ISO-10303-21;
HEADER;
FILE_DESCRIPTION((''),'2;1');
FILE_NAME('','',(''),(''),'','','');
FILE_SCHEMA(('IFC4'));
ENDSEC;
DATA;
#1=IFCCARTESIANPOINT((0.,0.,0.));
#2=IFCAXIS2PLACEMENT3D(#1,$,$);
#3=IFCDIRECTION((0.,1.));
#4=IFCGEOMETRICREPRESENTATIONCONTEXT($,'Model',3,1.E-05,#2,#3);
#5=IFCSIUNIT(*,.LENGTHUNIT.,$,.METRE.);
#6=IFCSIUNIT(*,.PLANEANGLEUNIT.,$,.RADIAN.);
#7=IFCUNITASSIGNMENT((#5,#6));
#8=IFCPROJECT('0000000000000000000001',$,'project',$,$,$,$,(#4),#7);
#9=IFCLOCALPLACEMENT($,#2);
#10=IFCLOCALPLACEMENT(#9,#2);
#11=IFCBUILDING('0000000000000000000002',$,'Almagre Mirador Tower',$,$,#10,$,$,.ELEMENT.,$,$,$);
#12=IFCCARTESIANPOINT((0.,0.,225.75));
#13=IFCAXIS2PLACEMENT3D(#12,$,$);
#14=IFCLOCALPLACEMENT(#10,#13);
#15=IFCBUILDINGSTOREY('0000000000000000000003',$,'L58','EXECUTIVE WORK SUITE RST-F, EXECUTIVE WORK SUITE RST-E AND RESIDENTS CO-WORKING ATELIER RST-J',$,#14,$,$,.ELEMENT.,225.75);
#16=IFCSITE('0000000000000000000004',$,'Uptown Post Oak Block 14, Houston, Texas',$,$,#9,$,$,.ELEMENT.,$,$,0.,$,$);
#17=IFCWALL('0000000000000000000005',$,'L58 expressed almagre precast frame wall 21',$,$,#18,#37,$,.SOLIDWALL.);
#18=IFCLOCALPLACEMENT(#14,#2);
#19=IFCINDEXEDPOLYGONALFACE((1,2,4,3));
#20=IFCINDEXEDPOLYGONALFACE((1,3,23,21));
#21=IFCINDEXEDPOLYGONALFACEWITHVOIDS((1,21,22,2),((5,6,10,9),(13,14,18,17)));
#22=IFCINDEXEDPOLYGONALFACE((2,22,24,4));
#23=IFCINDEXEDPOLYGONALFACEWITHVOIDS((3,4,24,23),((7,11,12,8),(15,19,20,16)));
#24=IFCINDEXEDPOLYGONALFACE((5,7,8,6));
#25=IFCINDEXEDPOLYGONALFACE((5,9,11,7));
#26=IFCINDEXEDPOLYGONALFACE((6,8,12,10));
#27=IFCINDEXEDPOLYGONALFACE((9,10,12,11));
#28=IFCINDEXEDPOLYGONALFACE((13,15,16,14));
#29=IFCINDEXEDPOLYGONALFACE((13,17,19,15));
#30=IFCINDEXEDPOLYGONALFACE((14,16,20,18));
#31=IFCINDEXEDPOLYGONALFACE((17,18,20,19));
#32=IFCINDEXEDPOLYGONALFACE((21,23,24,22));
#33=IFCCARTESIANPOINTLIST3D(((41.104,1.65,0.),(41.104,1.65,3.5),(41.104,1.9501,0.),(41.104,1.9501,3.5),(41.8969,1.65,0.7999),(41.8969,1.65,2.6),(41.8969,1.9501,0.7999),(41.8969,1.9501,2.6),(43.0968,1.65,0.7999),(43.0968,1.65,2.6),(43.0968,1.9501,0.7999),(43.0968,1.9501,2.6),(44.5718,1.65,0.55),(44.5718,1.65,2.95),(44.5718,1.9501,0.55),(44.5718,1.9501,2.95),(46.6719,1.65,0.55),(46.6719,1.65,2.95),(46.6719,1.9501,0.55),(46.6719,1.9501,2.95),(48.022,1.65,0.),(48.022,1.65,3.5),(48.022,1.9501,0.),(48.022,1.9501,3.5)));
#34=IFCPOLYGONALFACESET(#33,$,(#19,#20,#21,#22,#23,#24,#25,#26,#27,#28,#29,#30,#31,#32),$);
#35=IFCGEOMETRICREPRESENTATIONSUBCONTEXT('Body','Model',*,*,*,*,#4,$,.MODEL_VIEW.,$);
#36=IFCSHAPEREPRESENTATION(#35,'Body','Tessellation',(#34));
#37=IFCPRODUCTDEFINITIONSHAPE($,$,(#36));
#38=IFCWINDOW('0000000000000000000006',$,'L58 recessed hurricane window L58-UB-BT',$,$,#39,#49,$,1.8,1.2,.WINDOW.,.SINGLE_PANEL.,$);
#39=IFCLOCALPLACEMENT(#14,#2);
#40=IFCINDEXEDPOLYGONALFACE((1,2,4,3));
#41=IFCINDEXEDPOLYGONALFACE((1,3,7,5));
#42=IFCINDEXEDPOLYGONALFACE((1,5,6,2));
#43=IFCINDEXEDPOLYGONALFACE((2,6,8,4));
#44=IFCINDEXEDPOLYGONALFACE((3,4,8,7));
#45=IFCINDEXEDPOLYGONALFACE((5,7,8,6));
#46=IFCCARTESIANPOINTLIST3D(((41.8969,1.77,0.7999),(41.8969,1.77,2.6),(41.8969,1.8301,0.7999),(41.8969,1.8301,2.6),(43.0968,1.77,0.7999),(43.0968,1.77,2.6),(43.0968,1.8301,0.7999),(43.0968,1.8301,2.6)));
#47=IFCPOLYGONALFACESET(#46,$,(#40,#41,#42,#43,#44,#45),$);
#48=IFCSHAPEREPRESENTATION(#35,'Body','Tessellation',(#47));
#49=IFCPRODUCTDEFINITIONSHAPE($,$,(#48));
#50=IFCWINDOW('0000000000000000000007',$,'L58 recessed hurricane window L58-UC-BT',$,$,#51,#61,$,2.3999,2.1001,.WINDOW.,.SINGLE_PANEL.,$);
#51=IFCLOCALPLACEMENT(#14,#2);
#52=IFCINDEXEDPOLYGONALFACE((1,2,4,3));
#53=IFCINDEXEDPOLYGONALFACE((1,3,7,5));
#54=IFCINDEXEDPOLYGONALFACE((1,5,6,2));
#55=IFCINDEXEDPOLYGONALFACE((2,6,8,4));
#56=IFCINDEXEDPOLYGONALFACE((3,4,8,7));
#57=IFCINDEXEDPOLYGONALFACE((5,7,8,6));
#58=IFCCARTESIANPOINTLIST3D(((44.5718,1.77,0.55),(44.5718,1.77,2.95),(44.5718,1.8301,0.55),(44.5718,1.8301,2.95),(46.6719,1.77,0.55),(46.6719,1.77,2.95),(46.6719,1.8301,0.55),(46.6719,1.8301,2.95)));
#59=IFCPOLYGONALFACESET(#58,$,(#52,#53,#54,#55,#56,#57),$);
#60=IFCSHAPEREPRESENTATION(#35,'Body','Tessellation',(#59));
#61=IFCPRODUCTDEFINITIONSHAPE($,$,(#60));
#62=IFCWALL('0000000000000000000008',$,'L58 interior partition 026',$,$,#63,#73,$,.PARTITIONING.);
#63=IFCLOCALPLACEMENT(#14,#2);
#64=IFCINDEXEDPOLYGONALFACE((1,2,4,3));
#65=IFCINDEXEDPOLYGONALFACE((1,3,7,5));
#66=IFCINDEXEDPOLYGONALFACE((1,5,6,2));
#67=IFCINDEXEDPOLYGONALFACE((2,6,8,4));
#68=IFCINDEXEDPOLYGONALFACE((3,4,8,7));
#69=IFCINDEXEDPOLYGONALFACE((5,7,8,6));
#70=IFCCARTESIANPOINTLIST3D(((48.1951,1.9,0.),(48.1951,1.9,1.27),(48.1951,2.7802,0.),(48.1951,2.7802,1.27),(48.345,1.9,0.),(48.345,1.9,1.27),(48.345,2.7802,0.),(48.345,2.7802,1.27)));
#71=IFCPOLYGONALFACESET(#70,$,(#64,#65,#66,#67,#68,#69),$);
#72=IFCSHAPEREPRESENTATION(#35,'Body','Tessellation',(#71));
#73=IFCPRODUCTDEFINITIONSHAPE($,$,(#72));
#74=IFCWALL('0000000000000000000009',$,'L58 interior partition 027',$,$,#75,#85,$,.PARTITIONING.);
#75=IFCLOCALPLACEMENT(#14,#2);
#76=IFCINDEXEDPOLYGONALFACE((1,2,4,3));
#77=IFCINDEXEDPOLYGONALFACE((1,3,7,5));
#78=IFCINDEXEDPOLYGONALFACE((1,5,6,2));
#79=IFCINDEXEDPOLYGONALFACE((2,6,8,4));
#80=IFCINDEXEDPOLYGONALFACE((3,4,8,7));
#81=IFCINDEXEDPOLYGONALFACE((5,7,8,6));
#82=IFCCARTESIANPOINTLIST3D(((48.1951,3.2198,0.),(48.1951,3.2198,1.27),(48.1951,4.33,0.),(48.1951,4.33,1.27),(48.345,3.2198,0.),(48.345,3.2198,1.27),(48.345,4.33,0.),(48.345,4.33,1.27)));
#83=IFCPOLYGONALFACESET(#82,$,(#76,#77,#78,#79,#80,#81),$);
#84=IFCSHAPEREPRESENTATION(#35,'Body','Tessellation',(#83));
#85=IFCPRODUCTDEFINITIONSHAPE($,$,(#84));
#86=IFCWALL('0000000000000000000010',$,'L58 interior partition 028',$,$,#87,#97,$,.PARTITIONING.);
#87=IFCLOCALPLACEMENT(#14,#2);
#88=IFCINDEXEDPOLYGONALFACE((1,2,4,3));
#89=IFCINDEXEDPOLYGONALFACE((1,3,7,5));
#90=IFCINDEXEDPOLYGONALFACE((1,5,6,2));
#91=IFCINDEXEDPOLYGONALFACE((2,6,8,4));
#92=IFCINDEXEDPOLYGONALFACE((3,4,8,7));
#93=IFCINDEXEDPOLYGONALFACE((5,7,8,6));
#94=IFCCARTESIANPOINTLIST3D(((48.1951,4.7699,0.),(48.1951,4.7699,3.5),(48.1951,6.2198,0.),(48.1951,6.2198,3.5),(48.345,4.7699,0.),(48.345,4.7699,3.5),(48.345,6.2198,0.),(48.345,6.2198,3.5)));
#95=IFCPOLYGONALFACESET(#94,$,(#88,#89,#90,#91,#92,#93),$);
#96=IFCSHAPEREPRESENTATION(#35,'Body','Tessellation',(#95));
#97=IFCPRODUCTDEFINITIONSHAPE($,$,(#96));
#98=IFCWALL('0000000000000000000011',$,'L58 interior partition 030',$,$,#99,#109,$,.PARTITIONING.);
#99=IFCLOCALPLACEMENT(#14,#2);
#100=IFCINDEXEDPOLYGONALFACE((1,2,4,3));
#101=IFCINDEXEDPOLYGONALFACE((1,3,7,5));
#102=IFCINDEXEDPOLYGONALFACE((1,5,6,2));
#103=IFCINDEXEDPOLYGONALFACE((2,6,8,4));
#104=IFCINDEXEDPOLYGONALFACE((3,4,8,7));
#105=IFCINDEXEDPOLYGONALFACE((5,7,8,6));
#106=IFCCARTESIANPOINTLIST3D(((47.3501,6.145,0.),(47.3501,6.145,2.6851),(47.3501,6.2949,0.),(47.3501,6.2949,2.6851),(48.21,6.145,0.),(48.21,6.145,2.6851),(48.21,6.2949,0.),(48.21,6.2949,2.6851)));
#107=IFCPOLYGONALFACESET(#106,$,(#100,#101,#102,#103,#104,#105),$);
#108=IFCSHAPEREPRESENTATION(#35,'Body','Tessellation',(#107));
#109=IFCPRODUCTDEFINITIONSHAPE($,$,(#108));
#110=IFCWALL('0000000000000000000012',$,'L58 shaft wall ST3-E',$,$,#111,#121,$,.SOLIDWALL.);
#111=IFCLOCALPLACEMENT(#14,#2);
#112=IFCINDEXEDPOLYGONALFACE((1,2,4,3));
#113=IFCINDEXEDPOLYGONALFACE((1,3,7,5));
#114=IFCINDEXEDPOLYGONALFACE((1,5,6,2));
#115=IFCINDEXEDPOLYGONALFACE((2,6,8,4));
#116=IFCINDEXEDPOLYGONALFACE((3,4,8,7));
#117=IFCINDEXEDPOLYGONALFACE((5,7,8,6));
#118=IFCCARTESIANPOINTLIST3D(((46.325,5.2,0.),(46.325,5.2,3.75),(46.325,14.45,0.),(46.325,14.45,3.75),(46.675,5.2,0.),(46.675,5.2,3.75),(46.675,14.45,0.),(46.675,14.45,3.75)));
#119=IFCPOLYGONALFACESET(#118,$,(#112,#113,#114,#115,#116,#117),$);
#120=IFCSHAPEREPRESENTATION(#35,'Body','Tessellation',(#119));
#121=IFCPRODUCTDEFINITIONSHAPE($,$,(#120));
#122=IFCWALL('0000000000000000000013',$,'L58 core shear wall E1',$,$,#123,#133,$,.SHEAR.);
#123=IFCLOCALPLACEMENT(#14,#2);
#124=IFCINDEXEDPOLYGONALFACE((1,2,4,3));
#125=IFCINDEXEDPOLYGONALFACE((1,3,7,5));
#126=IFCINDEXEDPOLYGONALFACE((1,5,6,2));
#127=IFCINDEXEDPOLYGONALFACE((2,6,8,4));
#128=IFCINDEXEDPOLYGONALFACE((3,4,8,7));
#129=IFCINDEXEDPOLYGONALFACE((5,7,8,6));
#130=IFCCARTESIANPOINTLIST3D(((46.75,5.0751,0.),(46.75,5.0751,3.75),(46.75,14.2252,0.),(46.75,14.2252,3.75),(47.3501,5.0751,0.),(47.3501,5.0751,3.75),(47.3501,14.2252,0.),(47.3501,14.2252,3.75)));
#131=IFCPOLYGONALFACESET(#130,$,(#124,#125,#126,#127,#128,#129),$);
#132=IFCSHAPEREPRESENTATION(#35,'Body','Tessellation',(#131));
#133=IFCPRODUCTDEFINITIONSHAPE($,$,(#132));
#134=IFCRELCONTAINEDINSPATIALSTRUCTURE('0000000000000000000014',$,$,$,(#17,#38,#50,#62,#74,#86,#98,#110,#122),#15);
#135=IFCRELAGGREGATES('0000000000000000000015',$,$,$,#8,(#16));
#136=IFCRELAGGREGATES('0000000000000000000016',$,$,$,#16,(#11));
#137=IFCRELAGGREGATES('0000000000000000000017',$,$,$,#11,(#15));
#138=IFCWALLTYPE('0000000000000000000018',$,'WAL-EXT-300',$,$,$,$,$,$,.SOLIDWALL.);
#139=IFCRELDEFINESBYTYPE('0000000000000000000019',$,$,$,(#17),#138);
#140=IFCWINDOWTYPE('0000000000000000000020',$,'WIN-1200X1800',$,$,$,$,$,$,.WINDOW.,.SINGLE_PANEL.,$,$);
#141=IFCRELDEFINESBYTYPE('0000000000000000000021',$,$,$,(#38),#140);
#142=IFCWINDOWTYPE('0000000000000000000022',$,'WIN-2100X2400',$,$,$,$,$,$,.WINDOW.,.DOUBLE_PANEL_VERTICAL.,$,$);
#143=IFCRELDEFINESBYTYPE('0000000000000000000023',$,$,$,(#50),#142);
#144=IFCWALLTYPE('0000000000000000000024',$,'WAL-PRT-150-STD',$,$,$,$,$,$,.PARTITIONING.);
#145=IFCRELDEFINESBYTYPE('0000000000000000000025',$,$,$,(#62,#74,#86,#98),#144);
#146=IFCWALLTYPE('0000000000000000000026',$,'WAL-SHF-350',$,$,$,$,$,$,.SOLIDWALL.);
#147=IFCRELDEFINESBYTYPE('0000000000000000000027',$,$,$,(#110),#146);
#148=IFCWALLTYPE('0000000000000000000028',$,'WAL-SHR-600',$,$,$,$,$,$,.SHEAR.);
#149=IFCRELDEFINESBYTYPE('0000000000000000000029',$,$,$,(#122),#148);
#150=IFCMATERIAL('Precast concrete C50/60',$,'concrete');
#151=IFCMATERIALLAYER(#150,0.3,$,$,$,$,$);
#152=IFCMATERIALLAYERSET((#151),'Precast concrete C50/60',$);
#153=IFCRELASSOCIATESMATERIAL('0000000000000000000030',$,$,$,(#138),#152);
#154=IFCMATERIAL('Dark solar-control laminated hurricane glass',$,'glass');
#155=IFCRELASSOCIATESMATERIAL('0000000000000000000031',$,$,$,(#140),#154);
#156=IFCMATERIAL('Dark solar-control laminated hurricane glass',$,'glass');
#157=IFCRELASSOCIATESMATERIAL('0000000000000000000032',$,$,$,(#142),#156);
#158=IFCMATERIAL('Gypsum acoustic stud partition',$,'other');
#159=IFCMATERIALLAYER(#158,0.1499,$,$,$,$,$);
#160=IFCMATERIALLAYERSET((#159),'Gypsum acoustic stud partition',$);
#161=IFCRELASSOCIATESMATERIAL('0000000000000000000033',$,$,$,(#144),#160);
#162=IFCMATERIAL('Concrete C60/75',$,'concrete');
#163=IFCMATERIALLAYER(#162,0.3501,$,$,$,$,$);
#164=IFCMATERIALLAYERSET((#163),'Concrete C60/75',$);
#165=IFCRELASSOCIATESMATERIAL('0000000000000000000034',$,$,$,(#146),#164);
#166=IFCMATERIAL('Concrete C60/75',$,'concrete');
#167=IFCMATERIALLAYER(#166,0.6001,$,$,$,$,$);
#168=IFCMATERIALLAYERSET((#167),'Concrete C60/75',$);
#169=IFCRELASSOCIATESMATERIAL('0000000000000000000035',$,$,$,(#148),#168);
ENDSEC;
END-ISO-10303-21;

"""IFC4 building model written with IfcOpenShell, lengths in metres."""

from ifc_helpers import new_model, si_unit, direction, frame, frame_2d, origin, place, context, subcontext, project, spatial, rectangle, extrude, material, layer, layer_set, type_object, element, fill, save


model = new_model("IFC4")

# Units and contexts
model_context = context("Model", 3, precision=1e-05, world=origin(), true_north=direction((0.0, 1.0)))
body_context = subcontext(model_context, "Body", "Model", "MODEL_VIEW")
ifc_project = project(units=[si_unit("LENGTHUNIT", "METRE"), si_unit("PLANEANGLEUNIT", "RADIAN")], contexts=[model_context])

# Site, building, storey
site_placement = place(None, origin())
site = spatial("IfcSite", under=ifc_project, at=site_placement, Name="Uptown Post Oak Block 14, Houston, Texas", CompositionType="ELEMENT", RefElevation=0.0)
building_placement = place(site_placement, origin())
building = spatial("IfcBuilding", under=site, at=building_placement, Name="Almagre Mirador Tower", CompositionType="ELEMENT")
storey_placement = place(building_placement, frame((0.0, 0.0, 225.75)))
storey = spatial("IfcBuildingStorey", under=building, at=storey_placement, Name="L58", Description="EXECUTIVE WORK SUITE RST-F, EXECUTIVE WORK SUITE RST-E AND RESIDENTS CO-WORKING ATELIER RST-J", CompositionType="ELEMENT", Elevation=225.75)

# Wall, openings, windows
ifc_material_1 = material(Name="Precast concrete C50/60", Category="concrete")
ifc_layer_1 = layer(ifc_material_1, 0.3)
ifc_layer_set_1 = layer_set([ifc_layer_1], Name="Precast concrete C50/60")
wall_type_1 = type_object("IfcWallType", Name="WAL-EXT-300", PredefinedType="SOLIDWALL", material=ifc_layer_set_1)
wall_1_placement = place(storey_placement, frame((48.022, 1.8, 0.0), z_axis=(0.0, 0.0, 1.0), x_axis=(-1.0, 0.0, 0.0)))
wall_1 = element("IfcWall", 1, at=wall_1_placement, inside=storey, type_object=wall_type_1, Name="L58 expressed almagre precast frame wall 21", PredefinedType="SOLIDWALL", context=body_context, shape_type="SweptSolid", body=[
    extrude(rectangle(XDim=6.918, YDim=0.3, at=frame_2d((3.459, 0.0))), origin(), (0.0, 0.0, 1.0), 3.5),
])
opening_1_placement = place(wall_1_placement, frame((4.925, 0.0, 0.8)))
opening_1 = element("IfcOpeningElement", 2, at=opening_1_placement, cuts=wall_1, PredefinedType="OPENING", context=body_context, shape_type="SweptSolid", body=[
    extrude(rectangle(XDim=1.2, YDim=1.8, at=frame_2d((0.6001, 0.8999))), frame((0.0, 0.1599, 0.0), z_axis=(0.0, -1.0, 0.0), x_axis=(1.0, 0.0, 0.0)), (0.0, 0.0, 1.0), 0.32),
])
opening_2_placement = place(wall_1_placement, frame((1.3501, 0.0, 0.55)))
opening_2 = element("IfcOpeningElement", 3, at=opening_2_placement, cuts=wall_1, PredefinedType="OPENING", context=body_context, shape_type="SweptSolid", body=[
    extrude(rectangle(XDim=2.1001, YDim=2.3999, at=frame_2d((1.05, 1.2))), frame((0.0, 0.1599, 0.0), z_axis=(0.0, -1.0, 0.0), x_axis=(1.0, 0.0, 0.0)), (0.0, 0.0, 1.0), 0.32),
])
ifc_material_2 = material(Name="Dark solar-control laminated hurricane glass", Category="glass")
window_type_1 = type_object("IfcWindowType", Name="WIN-1200X1800", PartitioningType="SINGLE_PANEL", PredefinedType="WINDOW", material=ifc_material_2)
window_1_placement = place(opening_1_placement, origin())
window_1 = element("IfcWindow", 4, at=window_1_placement, inside=storey, type_object=window_type_1, Name="L58 recessed hurricane window L58-UB-BT", OverallHeight=1.8, OverallWidth=1.2, PartitioningType="SINGLE_PANEL", PredefinedType="WINDOW", context=body_context, shape_type="SweptSolid", body=[
    extrude(rectangle(XDim=1.2, YDim=1.8, at=frame_2d((0.6001, 0.8999))), frame((0.0, 0.03, 0.0), z_axis=(0.0, -1.0, 0.0), x_axis=(1.0, 0.0, 0.0)), (0.0, 0.0, 1.0), 0.0601),
])
fill(opening_1, window_1)
ifc_material_3 = material(Name="Dark solar-control laminated hurricane glass", Category="glass")
window_type_2 = type_object("IfcWindowType", Name="WIN-2100X2400", PartitioningType="DOUBLE_PANEL_VERTICAL", PredefinedType="WINDOW", material=ifc_material_3)
window_2_placement = place(opening_2_placement, origin())
window_2 = element("IfcWindow", 5, at=window_2_placement, inside=storey, type_object=window_type_2, Name="L58 recessed hurricane window L58-UC-BT", OverallHeight=2.3999, OverallWidth=2.1001, PartitioningType="SINGLE_PANEL", PredefinedType="WINDOW", context=body_context, shape_type="SweptSolid", body=[
    extrude(rectangle(XDim=2.1001, YDim=2.3999, at=frame_2d((1.05, 1.2))), frame((0.0, 0.03, 0.0), z_axis=(0.0, -1.0, 0.0), x_axis=(1.0, 0.0, 0.0)), (0.0, 0.0, 1.0), 0.0601),
])
fill(opening_2, window_2)

# Walls
ifc_material_4 = material(Name="Gypsum acoustic stud partition", Category="other")
ifc_layer_2 = layer(ifc_material_4, 0.1499)
ifc_layer_set_2 = layer_set([ifc_layer_2], Name="Gypsum acoustic stud partition")
wall_type_2 = type_object("IfcWallType", Name="WAL-PRT-150-STD", PredefinedType="PARTITIONING", material=ifc_layer_set_2)
wall_2_placement = place(storey_placement, frame((48.27, 2.78, 0.0), z_axis=(0.0, 0.0, 1.0), x_axis=(0.0, -1.0, 0.0)))
element("IfcWall", 6, at=wall_2_placement, inside=storey, type_object=wall_type_2, Name="L58 interior partition 026", PredefinedType="PARTITIONING", context=body_context, shape_type="SweptSolid", body=[
    extrude(rectangle(XDim=0.8801, YDim=0.1499, at=frame_2d((0.4399, 0.0))), origin(), (0.0, 0.0, 1.0), 1.27),
])
wall_3_placement = place(storey_placement, frame((48.27, 4.3301, 0.0), z_axis=(0.0, 0.0, 1.0), x_axis=(0.0, -1.0, 0.0)))
element("IfcWall", 7, at=wall_3_placement, inside=storey, type_object=wall_type_2, Name="L58 interior partition 027", PredefinedType="PARTITIONING", context=body_context, shape_type="SweptSolid", body=[
    extrude(rectangle(XDim=1.1101, YDim=0.1499, at=frame_2d((0.5552, 0.0))), origin(), (0.0, 0.0, 1.0), 1.27),
])
wall_4_placement = place(storey_placement, frame((48.27, 6.22, 0.0), z_axis=(0.0, 0.0, 1.0), x_axis=(0.0, -1.0, 0.0)))
element("IfcWall", 8, at=wall_4_placement, inside=storey, type_object=wall_type_2, Name="L58 interior partition 028", PredefinedType="PARTITIONING", context=body_context, shape_type="SweptSolid", body=[
    extrude(rectangle(XDim=1.45, YDim=0.1499, at=frame_2d((0.7251, 0.0))), origin(), (0.0, 0.0, 1.0), 3.5),
])
wall_5_placement = place(storey_placement, frame((47.3501, 6.22, 0.0), z_axis=(0.0, 0.0, 1.0), x_axis=(1.0, 0.0, 0.0)))
element("IfcWall", 9, at=wall_5_placement, inside=storey, type_object=wall_type_2, Name="L58 interior partition 030", PredefinedType="PARTITIONING", context=body_context, shape_type="SweptSolid", body=[
    extrude(rectangle(XDim=0.8599, YDim=0.1499, at=frame_2d((0.4299, 0.0))), origin(), (0.0, 0.0, 1.0), 2.6851),
])
ifc_material_5 = material(Name="Concrete C60/75", Category="concrete")
ifc_layer_3 = layer(ifc_material_5, 0.3501)
ifc_layer_set_3 = layer_set([ifc_layer_3], Name="Concrete C60/75")
wall_type_3 = type_object("IfcWallType", Name="WAL-SHF-350", PredefinedType="SOLIDWALL", material=ifc_layer_set_3)
wall_6_placement = place(storey_placement, frame((46.5, 5.2, 0.0), z_axis=(0.0, 0.0, 1.0), x_axis=(0.0, 1.0, 0.0)))
element("IfcWall", 10, at=wall_6_placement, inside=storey, type_object=wall_type_3, Name="L58 shaft wall ST3-E", PredefinedType="SOLIDWALL", context=body_context, shape_type="SweptSolid", body=[
    extrude(rectangle(XDim=9.25, YDim=0.3501, at=frame_2d((4.625, 0.0))), origin(), (0.0, 0.0, 1.0), 3.75),
])
ifc_material_6 = material(Name="Concrete C60/75", Category="concrete")
ifc_layer_4 = layer(ifc_material_6, 0.6001)
ifc_layer_set_4 = layer_set([ifc_layer_4], Name="Concrete C60/75")
wall_type_4 = type_object("IfcWallType", Name="WAL-SHR-600", PredefinedType="SHEAR", material=ifc_layer_set_4)
wall_7_placement = place(storey_placement, frame((47.05, 5.075, 0.0), z_axis=(0.0, 0.0, 1.0), x_axis=(0.0, 1.0, 0.0)))
element("IfcWall", 11, at=wall_7_placement, inside=storey, type_object=wall_type_4, Name="L58 core shear wall E1", PredefinedType="SHEAR", context=body_context, shape_type="SweptSolid", body=[
    extrude(rectangle(XDim=9.1501, YDim=0.6001, at=frame_2d((4.5752, 0.0))), origin(), (0.0, 0.0, 1.0), 3.75),
])

save(model, "model.ifc")
